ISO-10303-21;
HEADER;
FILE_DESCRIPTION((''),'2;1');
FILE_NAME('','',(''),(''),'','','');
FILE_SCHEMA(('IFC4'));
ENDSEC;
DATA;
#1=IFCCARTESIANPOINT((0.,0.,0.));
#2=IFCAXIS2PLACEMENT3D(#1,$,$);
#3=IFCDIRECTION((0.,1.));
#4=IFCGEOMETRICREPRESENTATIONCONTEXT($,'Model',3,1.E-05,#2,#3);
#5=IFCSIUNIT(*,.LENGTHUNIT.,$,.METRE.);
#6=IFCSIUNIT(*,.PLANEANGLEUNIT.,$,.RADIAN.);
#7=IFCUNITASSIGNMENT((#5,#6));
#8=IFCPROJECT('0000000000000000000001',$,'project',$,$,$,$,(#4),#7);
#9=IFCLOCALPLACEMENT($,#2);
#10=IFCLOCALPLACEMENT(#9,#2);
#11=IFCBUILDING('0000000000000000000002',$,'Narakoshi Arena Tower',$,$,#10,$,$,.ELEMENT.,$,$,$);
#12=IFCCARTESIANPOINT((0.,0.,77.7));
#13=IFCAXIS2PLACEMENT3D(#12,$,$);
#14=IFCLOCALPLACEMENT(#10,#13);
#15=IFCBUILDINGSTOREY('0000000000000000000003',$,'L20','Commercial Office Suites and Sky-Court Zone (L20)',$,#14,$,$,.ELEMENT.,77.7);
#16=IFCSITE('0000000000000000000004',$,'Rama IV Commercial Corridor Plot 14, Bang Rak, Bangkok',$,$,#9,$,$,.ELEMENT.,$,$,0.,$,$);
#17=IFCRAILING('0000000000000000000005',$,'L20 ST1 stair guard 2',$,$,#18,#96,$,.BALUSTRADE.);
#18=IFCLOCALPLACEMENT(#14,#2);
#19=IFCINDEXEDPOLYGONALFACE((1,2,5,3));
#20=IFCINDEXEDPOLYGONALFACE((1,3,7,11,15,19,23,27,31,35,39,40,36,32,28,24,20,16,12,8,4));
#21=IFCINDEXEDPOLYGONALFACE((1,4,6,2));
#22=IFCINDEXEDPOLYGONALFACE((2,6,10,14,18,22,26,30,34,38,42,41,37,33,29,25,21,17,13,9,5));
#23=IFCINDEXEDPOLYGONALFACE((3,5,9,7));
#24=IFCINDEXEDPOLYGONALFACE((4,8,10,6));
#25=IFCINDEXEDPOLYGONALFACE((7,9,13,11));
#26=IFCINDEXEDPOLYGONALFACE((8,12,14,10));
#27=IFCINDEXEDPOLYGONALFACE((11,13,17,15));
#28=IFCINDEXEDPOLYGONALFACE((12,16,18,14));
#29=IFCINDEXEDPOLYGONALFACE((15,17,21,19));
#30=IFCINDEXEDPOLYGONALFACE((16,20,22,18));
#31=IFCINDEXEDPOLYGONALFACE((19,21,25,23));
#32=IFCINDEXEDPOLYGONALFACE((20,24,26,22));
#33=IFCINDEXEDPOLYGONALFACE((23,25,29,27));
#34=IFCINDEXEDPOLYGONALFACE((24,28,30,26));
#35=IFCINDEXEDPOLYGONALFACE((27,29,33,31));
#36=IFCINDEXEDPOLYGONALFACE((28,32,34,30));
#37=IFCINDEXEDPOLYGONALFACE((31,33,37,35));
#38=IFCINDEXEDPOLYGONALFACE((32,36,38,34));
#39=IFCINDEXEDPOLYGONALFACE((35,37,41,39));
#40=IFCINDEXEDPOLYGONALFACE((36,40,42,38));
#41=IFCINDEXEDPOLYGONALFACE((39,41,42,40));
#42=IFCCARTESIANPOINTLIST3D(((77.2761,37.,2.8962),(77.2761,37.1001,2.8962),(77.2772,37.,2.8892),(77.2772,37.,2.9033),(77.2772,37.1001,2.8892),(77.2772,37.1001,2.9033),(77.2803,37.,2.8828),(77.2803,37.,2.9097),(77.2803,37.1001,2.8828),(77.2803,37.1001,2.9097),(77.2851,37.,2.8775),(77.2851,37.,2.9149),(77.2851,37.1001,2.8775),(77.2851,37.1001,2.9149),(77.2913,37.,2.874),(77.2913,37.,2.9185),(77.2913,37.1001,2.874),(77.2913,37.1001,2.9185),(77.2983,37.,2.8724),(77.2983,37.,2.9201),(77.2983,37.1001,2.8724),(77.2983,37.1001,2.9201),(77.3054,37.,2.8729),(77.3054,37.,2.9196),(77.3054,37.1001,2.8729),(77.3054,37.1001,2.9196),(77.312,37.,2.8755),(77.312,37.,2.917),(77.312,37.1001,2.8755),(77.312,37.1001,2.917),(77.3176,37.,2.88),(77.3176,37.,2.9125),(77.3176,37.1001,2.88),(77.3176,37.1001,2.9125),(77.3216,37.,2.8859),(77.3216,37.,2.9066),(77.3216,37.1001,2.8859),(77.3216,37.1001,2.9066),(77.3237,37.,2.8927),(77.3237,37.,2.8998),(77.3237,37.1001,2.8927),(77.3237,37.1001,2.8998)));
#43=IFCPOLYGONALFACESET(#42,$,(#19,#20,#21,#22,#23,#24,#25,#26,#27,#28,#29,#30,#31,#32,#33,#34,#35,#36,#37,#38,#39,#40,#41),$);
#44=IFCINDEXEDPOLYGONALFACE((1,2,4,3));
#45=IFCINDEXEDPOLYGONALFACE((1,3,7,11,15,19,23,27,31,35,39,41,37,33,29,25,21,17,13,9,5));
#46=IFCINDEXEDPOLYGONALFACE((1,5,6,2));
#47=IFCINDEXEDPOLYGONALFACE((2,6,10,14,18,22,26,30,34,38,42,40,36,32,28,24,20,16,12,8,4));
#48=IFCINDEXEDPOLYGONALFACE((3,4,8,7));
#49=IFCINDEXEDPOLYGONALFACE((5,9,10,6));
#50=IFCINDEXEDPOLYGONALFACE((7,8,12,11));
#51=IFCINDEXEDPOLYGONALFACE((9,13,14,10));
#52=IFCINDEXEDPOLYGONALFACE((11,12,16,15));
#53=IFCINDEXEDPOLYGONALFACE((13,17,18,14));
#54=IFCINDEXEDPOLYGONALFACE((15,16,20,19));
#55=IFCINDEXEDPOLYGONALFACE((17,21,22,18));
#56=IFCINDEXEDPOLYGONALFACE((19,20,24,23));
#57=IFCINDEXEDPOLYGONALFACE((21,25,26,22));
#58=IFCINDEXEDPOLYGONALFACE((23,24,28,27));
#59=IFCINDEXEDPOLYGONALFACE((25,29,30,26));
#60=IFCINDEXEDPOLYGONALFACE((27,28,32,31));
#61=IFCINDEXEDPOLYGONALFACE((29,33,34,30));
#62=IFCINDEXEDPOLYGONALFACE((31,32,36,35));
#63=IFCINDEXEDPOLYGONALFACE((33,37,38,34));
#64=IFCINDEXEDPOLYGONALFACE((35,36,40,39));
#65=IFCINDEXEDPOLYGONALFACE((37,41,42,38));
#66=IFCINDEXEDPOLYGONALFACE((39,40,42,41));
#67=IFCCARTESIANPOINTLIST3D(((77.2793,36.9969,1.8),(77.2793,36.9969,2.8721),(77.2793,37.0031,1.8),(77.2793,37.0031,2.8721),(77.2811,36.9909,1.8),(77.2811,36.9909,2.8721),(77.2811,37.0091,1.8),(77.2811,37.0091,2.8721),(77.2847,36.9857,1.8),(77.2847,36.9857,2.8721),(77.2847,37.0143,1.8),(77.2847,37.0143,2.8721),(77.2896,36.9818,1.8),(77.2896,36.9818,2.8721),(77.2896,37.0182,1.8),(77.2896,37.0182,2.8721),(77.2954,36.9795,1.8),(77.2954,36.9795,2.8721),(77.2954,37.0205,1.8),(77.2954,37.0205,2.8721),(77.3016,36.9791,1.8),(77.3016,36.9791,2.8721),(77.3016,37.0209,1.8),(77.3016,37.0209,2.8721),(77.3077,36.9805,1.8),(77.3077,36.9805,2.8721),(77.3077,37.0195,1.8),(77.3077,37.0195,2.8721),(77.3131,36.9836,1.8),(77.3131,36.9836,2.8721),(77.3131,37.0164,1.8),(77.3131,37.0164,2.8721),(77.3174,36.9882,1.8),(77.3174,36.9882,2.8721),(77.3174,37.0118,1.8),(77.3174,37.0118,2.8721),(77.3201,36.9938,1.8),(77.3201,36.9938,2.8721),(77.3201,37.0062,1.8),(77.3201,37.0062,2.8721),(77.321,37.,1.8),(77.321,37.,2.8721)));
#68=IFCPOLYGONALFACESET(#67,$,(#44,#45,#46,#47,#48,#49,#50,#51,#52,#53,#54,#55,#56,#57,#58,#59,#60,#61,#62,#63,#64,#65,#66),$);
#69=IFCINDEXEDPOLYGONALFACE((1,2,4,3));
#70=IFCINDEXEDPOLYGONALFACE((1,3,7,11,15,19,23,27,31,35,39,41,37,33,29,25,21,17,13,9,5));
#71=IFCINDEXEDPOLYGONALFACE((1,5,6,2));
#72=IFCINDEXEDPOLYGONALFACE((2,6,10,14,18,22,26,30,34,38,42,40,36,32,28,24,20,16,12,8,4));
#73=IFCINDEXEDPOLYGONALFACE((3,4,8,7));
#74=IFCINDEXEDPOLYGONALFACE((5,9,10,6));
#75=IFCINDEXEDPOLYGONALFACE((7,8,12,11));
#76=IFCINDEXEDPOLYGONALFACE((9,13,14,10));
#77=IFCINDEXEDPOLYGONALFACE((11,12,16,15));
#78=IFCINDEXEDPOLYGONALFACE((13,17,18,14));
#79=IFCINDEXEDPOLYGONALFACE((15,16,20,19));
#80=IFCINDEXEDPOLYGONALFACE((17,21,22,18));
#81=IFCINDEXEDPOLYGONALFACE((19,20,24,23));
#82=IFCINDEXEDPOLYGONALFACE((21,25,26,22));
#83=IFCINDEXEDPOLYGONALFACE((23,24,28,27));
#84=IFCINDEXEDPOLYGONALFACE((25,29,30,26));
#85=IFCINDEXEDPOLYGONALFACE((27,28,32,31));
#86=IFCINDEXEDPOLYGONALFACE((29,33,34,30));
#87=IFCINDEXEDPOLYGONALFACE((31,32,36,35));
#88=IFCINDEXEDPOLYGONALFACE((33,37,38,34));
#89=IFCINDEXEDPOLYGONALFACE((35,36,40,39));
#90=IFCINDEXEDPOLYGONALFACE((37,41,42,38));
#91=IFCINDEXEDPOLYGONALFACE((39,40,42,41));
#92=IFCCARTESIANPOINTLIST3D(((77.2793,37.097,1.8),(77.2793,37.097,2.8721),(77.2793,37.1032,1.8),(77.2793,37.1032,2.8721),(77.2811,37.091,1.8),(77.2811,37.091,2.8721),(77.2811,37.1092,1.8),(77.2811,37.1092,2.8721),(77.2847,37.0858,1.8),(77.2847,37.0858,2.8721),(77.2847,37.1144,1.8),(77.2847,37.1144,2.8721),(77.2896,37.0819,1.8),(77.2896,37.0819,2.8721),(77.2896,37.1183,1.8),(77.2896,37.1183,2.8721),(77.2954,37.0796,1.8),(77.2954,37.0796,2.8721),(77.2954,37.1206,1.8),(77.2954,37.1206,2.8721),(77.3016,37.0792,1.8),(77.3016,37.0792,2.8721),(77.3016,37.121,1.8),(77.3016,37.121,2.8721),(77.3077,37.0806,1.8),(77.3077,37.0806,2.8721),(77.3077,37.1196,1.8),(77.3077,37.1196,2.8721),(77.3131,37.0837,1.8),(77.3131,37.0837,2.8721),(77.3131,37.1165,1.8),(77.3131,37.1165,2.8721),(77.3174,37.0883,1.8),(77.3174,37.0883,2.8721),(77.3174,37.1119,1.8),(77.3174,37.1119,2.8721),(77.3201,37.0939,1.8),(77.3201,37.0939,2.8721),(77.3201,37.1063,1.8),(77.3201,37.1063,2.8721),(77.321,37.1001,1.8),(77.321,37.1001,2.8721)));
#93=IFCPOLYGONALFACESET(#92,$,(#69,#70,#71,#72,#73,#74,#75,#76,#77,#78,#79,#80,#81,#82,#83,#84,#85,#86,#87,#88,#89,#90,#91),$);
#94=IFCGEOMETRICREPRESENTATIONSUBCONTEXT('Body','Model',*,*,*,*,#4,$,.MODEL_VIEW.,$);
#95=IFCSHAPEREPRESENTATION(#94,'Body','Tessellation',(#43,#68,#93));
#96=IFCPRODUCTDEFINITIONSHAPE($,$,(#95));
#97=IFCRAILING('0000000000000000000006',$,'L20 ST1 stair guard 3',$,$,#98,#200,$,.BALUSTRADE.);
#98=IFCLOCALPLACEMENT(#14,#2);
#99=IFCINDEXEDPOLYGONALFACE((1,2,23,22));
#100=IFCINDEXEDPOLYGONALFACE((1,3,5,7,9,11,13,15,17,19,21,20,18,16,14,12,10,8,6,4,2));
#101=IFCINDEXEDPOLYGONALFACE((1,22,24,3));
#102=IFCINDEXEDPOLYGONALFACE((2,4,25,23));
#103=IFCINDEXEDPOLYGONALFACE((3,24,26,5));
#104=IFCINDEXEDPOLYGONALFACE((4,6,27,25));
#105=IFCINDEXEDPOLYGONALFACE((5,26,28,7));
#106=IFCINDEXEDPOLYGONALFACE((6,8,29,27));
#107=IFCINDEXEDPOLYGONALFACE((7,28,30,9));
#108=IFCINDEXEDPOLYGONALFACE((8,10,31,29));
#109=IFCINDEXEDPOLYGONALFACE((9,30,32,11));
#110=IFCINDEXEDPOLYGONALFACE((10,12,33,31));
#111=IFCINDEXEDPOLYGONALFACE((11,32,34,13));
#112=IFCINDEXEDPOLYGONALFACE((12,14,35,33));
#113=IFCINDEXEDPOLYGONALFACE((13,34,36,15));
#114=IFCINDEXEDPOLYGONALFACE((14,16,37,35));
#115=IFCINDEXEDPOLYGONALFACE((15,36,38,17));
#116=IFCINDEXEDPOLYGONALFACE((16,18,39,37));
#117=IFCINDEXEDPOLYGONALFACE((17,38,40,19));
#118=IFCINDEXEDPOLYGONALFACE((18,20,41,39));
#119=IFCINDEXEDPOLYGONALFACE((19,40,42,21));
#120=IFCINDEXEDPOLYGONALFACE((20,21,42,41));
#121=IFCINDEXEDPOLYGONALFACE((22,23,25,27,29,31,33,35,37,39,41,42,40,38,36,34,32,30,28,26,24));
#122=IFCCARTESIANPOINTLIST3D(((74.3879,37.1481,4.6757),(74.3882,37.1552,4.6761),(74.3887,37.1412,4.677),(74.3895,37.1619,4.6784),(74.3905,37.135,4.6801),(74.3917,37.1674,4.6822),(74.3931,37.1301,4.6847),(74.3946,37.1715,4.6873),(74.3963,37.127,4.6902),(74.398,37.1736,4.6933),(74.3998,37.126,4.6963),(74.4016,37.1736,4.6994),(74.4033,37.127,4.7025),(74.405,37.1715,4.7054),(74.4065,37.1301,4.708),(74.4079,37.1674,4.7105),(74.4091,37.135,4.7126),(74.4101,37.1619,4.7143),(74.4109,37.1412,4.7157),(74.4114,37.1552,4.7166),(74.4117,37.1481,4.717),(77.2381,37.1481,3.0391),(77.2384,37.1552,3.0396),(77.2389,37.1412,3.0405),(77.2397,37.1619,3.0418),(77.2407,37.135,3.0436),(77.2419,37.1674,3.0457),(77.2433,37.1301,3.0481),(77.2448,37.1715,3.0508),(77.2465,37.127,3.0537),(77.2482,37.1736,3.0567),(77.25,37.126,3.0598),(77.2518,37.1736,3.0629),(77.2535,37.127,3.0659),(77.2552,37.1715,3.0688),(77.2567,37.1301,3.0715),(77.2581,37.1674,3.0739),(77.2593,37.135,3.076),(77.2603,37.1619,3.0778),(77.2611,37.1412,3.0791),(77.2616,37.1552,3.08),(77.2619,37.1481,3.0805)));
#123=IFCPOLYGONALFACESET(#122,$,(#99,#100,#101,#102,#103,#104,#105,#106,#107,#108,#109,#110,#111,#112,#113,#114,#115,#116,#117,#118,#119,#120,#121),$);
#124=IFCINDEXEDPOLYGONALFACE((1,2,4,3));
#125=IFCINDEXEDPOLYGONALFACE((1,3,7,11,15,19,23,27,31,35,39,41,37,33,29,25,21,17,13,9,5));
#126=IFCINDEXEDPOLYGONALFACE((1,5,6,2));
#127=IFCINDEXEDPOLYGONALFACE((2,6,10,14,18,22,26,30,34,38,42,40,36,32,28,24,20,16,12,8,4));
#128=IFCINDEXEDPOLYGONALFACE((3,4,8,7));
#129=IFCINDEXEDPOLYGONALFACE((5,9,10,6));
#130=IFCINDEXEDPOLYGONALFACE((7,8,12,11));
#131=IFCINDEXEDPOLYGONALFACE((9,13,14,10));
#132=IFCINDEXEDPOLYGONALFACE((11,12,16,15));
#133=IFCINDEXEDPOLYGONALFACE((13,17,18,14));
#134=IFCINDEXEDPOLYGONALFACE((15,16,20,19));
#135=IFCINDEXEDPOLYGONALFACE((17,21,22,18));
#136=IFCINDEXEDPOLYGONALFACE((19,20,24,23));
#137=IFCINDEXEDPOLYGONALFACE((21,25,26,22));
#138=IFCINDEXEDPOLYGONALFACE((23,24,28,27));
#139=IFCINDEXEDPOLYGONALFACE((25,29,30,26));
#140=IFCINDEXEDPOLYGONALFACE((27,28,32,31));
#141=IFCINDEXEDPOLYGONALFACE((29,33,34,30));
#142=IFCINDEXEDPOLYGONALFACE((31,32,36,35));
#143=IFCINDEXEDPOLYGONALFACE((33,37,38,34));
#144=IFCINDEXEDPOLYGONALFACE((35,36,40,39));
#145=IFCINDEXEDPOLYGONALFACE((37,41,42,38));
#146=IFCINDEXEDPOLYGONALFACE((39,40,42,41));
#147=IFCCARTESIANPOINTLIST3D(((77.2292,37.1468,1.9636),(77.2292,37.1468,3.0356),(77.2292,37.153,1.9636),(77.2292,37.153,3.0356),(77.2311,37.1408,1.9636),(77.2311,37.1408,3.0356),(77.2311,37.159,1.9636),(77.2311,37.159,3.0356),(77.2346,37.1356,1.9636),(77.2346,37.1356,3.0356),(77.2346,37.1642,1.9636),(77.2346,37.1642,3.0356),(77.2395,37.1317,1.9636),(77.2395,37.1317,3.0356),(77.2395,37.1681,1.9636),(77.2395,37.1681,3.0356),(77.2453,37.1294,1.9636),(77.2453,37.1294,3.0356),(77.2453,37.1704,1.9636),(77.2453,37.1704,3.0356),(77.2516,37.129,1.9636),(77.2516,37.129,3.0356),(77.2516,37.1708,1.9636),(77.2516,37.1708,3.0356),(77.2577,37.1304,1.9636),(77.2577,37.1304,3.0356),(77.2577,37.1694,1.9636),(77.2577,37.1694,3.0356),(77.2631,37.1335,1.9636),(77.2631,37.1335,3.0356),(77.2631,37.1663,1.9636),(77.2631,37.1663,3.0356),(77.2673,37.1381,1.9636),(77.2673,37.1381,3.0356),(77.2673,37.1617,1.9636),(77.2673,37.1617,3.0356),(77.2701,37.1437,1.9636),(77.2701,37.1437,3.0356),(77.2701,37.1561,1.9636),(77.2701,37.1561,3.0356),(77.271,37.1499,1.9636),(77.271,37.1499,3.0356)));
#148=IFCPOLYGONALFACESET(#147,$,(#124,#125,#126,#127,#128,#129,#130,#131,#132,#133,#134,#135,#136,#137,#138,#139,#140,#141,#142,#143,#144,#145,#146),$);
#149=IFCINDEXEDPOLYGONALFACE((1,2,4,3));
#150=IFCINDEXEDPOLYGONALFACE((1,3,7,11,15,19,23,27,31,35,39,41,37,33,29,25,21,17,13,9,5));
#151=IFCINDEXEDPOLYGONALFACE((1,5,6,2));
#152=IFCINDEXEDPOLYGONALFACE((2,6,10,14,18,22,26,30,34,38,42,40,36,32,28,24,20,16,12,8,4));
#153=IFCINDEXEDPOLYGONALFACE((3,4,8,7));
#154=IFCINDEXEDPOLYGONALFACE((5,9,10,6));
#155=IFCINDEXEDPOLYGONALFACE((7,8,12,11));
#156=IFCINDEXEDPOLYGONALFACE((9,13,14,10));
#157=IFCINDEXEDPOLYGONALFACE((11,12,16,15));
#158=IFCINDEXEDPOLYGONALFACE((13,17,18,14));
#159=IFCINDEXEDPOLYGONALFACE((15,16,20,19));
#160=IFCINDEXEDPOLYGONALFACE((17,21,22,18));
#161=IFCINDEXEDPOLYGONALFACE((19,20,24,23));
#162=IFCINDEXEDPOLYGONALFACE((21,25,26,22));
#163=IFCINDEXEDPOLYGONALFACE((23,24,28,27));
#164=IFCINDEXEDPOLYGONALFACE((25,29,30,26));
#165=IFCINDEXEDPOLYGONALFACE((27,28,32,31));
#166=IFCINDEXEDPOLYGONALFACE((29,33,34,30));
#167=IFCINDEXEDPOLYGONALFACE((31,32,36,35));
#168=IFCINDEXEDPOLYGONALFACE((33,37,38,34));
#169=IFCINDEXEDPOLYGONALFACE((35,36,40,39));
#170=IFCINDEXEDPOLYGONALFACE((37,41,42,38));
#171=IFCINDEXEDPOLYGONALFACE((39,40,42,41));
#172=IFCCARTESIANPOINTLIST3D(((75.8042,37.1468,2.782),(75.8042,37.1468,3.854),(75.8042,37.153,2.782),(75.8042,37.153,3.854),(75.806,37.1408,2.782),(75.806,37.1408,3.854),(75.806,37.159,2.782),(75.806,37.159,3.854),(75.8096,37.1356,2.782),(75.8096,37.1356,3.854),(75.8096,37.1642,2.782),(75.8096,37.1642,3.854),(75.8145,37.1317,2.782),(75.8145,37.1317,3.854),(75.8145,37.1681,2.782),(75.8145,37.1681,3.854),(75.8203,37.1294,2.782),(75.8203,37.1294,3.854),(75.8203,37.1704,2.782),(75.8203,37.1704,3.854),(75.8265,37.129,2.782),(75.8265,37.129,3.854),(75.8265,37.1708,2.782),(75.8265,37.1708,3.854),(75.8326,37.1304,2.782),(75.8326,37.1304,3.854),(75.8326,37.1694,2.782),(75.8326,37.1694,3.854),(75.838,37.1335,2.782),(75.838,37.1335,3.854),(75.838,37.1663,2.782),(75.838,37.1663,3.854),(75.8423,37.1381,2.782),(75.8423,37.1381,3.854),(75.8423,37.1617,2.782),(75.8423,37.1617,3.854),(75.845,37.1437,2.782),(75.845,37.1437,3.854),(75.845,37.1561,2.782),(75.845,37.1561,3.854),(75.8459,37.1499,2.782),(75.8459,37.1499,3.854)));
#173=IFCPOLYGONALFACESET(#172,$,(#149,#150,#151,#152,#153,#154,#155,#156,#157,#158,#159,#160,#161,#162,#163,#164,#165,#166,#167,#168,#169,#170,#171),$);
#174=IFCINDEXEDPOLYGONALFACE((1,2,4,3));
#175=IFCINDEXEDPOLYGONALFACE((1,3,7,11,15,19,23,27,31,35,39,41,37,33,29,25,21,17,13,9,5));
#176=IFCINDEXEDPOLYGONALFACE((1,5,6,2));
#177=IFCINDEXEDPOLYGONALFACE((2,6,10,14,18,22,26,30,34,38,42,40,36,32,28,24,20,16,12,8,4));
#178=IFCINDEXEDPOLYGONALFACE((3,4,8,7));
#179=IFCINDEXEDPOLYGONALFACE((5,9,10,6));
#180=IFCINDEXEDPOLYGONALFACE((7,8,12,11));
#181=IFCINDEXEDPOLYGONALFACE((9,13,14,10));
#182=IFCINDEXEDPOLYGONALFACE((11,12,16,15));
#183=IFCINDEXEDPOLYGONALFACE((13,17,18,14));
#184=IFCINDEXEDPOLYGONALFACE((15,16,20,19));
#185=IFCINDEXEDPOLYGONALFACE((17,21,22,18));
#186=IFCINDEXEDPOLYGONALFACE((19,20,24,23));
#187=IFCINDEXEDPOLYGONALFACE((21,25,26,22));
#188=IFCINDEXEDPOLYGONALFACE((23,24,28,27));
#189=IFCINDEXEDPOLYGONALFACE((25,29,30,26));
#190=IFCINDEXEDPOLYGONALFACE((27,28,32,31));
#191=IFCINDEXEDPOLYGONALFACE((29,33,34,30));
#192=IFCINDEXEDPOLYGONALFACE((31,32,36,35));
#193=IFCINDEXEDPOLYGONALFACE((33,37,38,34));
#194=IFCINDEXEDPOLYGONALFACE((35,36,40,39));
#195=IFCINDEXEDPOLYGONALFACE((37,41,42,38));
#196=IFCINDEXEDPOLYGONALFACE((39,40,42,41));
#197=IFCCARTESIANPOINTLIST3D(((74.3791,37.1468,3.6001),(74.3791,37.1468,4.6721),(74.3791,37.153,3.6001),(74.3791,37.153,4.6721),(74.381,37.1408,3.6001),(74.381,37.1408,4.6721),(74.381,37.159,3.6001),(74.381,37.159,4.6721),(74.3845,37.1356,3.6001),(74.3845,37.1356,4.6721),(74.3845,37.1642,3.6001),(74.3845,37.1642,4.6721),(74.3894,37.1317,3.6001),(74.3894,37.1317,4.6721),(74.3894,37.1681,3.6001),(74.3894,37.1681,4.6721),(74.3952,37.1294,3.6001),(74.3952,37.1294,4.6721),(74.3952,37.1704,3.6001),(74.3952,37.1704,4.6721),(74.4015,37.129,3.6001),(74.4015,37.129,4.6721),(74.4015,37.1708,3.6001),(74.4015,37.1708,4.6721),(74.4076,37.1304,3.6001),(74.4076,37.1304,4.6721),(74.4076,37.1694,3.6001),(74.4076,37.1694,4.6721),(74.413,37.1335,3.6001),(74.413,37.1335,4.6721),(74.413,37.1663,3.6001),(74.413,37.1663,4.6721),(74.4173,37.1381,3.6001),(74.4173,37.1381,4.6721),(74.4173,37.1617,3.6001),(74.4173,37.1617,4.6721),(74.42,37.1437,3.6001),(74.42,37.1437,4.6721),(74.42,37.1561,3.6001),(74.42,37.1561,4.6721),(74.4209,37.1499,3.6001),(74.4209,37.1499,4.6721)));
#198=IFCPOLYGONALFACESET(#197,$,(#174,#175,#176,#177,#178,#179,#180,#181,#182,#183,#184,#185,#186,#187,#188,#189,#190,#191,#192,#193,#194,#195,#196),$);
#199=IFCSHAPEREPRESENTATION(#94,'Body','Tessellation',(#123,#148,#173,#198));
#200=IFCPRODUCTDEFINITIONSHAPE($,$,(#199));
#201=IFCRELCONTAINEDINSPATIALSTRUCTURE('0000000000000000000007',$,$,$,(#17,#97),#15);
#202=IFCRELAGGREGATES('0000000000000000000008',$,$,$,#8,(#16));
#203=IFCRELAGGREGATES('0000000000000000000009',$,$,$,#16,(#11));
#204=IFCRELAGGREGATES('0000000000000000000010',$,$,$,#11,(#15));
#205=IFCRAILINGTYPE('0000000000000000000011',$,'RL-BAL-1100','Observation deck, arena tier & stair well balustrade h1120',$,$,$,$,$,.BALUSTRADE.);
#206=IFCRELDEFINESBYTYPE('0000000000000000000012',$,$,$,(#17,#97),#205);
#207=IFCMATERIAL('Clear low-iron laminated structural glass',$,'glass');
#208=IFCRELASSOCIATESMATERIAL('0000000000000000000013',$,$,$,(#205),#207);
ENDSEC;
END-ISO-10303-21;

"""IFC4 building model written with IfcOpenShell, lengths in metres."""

from ifc_helpers import new_model, si_unit, direction, frame, origin, origin_2d, place, context, subcontext, project, spatial, circle, extrude, material, type_object, element, save


model = new_model("IFC4")

# Units and contexts
model_context = context("Model", 3, precision=1e-05, world=origin(), true_north=direction((0.0, 1.0)))
body_context = subcontext(model_context, "Body", "Model", "MODEL_VIEW")
ifc_project = project(units=[si_unit("LENGTHUNIT", "METRE"), si_unit("PLANEANGLEUNIT", "RADIAN")], contexts=[model_context])

# Site, building, storey
site_placement = place(None, origin())
site = spatial("IfcSite", under=ifc_project, at=site_placement, Name="Rama IV Commercial Corridor Plot 14, Bang Rak, Bangkok", CompositionType="ELEMENT", RefElevation=0.0)
building_placement = place(site_placement, origin())
building = spatial("IfcBuilding", under=site, at=building_placement, Name="Narakoshi Arena Tower", CompositionType="ELEMENT")
storey_placement = place(building_placement, frame((0.0, 0.0, 77.7)))
storey = spatial("IfcBuildingStorey", under=building, at=storey_placement, Name="L20", Description="Commercial Office Suites and Sky-Court Zone (L20)", CompositionType="ELEMENT", Elevation=77.7)

# Railings
ifc_material_1 = material(Name="Clear low-iron laminated structural glass", Category="glass")
railing_type_1 = type_object("IfcRailingType", Name="RL-BAL-1100", Description="Observation deck, arena tier & stair well balustrade h1120", PredefinedType="BALUSTRADE", material=ifc_material_1)
railing_1_placement = place(storey_placement, frame((77.3, 37.0, 1.8)))
element("IfcRailing", 1, at=railing_1_placement, inside=storey, type_object=railing_type_1, Name="L20 ST1 stair guard 2", PredefinedType="BALUSTRADE", context=body_context, shape_type="SweptSolid", body=[
    extrude(circle(Radius=0.0239, at=origin_2d()), frame((0.0, 0.0, 1.0962), z_axis=(0.0, 1.0, 0.0), x_axis=(-1.0, 0.0, 0.0)), (0.0, 0.0, 1.0), 0.1001),
    extrude(circle(Radius=0.021, at=origin_2d()), origin(), (0.0, 0.0, 1.0), 1.072),
    extrude(circle(Radius=0.021, at=origin_2d()), frame((0.0, 0.1001, 0.0)), (0.0, 0.0, 1.0), 1.072),
])
railing_2_placement = place(storey_placement, frame((77.25, 37.1499, 1.9636)))
element("IfcRailing", 2, at=railing_2_placement, inside=storey, type_object=railing_type_1, Name="L20 ST1 stair guard 3", PredefinedType="BALUSTRADE", context=body_context, shape_type="SweptSolid", body=[
    extrude(circle(Radius=0.0239, at=origin_2d()), frame((0.0, 0.0, 1.0962), z_axis=(-0.867213, 0.0, 0.497938), x_axis=(0.0, -1.0, 0.0)), (0.0, 0.0, 1.0), 3.2866),
    extrude(circle(Radius=0.021, at=origin_2d()), origin(), (0.0, 0.0, 1.0), 1.072),
    extrude(circle(Radius=0.021, at=origin_2d()), frame((-1.425, 0.0, 0.8184)), (0.0, 0.0, 1.0), 1.072),
    extrude(circle(Radius=0.021, at=origin_2d()), frame((-2.8501, 0.0, 1.6365)), (0.0, 0.0, 1.0), 1.072),
])

save(model, "model.ifc")
